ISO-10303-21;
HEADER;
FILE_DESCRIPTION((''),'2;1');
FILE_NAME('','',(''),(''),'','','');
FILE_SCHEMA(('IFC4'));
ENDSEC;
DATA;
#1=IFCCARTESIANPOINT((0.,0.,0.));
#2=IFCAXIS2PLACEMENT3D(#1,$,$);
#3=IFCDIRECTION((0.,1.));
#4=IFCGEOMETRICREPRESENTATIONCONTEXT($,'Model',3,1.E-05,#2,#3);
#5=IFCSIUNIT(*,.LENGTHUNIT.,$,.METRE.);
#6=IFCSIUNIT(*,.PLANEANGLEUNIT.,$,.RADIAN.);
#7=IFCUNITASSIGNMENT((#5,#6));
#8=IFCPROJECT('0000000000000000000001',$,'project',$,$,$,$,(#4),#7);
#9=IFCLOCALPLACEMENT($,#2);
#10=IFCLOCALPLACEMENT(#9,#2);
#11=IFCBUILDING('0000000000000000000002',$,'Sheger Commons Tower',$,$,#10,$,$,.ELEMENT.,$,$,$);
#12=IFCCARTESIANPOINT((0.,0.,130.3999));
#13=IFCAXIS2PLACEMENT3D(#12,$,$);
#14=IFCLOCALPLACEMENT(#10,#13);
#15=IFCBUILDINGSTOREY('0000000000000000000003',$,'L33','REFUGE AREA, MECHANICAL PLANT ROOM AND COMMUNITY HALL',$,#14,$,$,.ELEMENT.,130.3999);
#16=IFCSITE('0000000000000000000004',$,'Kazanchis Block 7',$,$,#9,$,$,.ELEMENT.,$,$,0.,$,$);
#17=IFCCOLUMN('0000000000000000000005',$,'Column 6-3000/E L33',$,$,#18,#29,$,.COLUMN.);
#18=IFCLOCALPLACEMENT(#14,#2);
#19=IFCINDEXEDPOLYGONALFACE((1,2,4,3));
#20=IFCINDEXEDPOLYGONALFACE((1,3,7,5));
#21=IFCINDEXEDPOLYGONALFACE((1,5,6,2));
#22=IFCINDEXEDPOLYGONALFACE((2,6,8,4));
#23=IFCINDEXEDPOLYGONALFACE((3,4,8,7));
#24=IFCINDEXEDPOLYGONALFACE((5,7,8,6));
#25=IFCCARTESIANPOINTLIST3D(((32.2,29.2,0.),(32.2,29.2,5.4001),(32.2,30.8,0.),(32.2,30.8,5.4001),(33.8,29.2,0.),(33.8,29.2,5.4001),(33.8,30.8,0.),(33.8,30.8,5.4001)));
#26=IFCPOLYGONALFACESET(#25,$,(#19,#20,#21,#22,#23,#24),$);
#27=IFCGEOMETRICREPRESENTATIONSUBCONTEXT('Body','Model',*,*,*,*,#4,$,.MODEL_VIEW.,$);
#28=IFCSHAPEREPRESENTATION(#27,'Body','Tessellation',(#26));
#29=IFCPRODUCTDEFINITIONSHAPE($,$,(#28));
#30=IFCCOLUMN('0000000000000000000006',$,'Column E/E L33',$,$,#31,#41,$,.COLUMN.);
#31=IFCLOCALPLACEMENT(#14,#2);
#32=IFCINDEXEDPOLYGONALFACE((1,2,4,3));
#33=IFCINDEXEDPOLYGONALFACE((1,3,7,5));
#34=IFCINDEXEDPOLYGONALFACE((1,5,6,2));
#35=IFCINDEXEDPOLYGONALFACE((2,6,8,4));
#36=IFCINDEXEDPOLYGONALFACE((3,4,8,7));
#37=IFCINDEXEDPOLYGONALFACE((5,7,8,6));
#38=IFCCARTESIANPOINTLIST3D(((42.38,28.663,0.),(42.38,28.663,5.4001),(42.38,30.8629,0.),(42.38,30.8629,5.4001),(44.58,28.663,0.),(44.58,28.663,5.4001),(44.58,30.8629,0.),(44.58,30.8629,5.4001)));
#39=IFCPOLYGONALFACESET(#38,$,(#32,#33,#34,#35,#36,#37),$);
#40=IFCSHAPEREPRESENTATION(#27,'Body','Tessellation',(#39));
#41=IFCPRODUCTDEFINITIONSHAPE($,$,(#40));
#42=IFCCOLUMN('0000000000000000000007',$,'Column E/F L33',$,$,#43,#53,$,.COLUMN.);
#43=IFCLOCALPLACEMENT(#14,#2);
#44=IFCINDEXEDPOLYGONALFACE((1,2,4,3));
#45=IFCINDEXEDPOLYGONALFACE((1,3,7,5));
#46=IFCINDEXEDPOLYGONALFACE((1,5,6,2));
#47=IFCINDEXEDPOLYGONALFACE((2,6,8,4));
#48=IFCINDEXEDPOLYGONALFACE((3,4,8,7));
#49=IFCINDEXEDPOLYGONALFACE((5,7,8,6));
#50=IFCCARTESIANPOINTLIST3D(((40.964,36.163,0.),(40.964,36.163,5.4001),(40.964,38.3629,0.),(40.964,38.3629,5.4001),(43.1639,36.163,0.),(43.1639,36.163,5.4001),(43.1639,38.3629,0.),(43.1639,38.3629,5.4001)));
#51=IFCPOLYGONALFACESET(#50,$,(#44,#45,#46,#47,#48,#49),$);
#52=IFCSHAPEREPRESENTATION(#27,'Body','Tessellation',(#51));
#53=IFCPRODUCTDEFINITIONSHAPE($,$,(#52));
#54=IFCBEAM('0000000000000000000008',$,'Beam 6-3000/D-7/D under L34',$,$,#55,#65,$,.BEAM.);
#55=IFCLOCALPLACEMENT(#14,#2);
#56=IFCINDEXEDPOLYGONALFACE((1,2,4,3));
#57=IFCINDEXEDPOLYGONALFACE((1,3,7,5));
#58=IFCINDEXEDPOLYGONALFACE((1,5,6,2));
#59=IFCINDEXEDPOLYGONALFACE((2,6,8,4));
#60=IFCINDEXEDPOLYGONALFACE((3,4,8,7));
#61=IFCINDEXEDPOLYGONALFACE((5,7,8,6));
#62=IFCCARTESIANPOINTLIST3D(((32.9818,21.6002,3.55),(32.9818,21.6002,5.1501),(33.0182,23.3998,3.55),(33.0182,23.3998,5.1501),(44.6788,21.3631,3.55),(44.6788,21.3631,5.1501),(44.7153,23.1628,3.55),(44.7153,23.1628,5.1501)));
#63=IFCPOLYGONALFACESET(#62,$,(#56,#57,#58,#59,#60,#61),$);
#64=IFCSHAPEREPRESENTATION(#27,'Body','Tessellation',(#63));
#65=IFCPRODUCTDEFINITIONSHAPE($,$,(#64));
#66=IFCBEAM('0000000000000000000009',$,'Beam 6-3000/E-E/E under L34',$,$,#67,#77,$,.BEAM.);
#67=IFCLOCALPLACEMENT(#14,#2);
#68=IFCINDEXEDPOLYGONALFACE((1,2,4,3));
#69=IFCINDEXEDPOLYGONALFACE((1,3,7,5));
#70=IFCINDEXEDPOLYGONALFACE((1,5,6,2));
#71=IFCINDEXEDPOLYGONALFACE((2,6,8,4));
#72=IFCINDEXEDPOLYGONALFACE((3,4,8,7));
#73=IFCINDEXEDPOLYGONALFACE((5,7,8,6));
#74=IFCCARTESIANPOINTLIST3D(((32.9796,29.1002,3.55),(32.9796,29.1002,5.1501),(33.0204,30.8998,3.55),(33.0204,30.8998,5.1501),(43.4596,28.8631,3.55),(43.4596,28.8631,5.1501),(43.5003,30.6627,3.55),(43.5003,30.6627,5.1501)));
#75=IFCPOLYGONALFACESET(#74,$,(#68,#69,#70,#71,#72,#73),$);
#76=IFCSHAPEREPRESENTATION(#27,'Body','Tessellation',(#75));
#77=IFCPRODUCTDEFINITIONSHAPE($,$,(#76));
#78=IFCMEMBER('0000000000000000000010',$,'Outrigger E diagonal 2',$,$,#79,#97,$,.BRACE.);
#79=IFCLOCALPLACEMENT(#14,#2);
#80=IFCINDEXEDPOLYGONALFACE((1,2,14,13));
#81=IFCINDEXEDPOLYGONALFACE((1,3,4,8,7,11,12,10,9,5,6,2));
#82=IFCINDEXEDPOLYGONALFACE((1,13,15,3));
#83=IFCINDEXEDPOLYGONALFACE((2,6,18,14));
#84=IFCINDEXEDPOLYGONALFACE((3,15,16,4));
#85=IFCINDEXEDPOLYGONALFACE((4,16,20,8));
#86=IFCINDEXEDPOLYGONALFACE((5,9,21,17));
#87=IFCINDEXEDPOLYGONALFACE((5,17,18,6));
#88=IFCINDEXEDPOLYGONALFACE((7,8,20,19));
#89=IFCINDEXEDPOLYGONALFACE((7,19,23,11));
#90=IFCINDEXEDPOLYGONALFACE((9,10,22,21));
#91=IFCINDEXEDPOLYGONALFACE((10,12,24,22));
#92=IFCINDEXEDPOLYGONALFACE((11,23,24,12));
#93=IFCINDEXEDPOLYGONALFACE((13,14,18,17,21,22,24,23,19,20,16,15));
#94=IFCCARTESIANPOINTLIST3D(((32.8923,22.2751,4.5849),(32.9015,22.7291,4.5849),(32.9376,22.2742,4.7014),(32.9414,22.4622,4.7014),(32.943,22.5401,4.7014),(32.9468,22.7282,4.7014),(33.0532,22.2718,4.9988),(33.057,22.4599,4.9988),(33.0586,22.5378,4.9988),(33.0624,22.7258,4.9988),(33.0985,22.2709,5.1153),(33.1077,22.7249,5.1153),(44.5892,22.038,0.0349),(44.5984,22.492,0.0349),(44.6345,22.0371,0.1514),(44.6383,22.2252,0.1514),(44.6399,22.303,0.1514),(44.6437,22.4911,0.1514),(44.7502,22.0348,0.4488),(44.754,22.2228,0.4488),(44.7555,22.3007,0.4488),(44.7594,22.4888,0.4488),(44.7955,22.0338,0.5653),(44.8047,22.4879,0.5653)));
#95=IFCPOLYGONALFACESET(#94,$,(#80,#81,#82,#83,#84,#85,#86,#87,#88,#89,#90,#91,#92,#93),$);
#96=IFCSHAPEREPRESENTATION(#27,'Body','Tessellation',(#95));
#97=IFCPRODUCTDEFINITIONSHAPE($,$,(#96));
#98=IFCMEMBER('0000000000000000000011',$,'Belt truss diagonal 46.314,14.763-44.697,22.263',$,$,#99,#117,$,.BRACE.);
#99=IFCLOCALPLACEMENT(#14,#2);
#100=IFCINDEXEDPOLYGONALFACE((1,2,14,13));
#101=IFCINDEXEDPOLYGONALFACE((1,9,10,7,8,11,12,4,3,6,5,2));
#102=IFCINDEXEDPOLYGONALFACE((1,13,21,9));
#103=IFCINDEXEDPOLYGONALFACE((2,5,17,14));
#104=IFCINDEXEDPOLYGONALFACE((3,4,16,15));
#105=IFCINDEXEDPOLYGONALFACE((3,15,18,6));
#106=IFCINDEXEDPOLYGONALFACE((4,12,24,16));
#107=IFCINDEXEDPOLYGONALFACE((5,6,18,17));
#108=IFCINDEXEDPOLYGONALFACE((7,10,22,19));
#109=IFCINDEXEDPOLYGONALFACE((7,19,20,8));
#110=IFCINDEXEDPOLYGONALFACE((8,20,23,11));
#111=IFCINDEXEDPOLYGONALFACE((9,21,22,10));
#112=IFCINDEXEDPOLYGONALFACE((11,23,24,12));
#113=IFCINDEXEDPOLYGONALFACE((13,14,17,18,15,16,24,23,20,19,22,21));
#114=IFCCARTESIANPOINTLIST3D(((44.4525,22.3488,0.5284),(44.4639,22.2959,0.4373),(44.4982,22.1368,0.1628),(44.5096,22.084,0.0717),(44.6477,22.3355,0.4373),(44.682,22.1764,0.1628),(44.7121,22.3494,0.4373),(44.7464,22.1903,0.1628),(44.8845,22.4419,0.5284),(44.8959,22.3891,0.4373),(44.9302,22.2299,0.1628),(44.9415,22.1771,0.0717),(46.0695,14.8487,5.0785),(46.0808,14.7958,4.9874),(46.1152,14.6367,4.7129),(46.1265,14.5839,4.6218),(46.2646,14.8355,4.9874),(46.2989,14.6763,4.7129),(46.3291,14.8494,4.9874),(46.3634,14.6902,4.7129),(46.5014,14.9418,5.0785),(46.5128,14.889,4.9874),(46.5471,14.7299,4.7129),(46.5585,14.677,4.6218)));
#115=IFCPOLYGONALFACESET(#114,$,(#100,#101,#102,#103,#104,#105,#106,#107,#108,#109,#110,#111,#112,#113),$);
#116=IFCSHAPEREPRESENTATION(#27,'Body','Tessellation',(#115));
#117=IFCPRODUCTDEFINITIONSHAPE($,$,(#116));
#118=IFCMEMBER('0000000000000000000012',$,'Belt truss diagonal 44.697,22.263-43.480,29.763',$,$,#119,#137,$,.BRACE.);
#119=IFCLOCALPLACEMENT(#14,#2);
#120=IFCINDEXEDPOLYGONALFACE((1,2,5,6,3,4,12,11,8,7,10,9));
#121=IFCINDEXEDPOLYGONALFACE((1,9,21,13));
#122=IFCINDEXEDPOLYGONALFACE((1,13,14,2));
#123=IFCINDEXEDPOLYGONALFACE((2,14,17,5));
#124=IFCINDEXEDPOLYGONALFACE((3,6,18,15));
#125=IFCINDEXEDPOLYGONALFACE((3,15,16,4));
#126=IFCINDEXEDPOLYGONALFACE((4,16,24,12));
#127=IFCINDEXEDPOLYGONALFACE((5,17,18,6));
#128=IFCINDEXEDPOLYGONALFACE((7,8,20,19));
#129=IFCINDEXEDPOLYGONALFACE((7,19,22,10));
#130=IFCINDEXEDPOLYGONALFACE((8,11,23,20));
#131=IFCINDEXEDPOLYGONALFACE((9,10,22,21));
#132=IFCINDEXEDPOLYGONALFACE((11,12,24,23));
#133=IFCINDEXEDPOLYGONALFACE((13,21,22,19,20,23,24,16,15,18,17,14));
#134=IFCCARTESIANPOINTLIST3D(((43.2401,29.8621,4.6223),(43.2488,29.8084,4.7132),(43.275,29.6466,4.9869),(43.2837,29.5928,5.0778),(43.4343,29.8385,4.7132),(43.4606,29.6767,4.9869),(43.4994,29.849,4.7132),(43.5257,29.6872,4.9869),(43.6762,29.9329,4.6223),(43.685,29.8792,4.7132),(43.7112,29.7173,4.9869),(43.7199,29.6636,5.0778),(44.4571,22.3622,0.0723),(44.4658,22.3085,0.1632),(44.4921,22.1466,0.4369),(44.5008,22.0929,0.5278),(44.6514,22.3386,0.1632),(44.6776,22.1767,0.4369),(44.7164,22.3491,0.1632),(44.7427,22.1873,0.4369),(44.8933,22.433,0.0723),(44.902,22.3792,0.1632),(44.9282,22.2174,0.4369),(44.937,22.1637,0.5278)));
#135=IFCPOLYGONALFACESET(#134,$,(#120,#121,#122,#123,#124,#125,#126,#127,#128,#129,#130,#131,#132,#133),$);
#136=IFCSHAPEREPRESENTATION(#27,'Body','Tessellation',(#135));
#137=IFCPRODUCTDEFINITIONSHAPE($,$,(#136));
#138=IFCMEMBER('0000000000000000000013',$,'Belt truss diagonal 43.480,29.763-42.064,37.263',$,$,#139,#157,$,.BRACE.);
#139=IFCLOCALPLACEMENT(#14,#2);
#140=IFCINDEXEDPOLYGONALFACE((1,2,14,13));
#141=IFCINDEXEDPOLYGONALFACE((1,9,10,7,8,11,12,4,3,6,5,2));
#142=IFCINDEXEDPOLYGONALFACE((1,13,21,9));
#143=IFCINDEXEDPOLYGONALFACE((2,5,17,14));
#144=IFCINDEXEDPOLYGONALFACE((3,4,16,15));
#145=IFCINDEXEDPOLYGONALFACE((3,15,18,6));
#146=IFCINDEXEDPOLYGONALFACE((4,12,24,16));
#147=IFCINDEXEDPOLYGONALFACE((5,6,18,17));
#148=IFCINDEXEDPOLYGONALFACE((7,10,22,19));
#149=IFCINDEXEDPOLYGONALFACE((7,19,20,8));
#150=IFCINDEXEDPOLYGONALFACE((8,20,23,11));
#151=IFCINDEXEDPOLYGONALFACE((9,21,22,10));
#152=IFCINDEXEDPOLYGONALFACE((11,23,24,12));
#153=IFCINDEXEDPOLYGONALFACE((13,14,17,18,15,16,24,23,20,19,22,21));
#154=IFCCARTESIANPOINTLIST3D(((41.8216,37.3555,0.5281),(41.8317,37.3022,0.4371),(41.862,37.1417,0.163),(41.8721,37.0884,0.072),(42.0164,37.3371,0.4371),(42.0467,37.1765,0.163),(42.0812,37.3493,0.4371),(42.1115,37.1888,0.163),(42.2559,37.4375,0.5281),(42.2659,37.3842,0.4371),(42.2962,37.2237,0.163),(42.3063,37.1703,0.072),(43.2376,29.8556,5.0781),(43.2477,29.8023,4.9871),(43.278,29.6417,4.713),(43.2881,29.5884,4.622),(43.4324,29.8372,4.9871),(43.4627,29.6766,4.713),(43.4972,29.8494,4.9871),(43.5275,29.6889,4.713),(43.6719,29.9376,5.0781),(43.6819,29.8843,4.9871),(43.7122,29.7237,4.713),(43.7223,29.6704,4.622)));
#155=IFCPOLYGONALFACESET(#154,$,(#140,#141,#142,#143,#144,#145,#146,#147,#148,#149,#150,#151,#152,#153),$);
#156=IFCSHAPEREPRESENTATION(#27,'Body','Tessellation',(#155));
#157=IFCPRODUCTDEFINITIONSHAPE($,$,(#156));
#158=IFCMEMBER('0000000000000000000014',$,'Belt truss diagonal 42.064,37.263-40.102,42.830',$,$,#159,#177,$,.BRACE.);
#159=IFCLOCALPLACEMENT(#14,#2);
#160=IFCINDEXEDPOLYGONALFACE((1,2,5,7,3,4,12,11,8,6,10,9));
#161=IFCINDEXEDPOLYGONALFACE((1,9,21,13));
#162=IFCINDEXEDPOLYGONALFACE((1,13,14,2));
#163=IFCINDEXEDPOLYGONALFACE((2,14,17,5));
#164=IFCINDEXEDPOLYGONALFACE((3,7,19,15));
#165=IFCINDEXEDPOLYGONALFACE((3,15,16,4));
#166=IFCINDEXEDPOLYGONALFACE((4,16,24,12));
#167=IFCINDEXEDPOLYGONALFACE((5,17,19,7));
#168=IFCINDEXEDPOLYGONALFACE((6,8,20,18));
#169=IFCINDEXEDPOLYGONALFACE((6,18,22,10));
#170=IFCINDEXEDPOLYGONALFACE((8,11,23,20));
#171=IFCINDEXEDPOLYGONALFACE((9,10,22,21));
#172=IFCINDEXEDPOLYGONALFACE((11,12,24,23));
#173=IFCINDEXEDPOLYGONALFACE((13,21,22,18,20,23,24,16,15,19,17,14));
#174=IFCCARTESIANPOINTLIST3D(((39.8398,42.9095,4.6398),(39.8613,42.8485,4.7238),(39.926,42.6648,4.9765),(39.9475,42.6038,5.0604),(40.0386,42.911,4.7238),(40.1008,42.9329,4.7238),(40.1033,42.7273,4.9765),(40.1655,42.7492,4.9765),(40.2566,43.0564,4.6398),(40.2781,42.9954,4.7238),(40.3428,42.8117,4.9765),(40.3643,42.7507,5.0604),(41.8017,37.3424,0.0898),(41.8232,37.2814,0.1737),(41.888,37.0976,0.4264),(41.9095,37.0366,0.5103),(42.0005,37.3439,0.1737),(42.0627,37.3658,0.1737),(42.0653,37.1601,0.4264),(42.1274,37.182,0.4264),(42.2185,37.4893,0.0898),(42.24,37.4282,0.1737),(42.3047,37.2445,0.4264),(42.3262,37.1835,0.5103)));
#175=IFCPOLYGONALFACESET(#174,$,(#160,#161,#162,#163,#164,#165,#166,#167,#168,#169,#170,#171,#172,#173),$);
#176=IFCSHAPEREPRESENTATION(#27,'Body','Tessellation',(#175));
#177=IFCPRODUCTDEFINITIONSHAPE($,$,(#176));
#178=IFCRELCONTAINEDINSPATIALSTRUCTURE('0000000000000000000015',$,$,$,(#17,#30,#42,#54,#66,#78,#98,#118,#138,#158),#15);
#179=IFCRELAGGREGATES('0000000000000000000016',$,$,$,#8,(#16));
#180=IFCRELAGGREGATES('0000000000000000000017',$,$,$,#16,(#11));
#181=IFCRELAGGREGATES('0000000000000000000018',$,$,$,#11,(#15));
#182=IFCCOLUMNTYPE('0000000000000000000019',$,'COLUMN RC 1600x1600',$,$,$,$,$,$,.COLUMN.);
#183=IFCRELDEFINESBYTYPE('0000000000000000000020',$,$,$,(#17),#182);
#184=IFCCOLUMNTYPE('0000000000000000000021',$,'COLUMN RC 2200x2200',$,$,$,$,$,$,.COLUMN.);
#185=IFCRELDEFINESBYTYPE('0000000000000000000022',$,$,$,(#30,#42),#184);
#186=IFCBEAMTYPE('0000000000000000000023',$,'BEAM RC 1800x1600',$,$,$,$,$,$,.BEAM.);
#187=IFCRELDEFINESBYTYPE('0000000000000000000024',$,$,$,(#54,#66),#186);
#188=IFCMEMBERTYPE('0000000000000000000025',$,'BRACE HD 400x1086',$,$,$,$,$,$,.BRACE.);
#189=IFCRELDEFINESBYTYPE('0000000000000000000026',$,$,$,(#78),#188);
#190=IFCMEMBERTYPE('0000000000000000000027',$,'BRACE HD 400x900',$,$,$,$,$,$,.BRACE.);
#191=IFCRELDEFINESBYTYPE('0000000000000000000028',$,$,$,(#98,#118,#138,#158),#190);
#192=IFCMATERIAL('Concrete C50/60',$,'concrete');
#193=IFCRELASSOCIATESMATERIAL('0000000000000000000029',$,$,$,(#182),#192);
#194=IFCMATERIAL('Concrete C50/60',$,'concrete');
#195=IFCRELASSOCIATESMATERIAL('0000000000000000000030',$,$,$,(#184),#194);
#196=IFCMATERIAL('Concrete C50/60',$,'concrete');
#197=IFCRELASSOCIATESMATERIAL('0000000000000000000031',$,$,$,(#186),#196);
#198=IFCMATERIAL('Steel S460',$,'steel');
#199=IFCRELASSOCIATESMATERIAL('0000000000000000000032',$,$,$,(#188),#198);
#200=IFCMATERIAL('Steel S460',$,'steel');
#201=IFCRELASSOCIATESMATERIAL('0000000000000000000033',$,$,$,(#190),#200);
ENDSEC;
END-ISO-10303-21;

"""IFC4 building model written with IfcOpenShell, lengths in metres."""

from ifc_helpers import new_model, si_unit, direction, frame, origin, origin_2d, place, context, subcontext, project, spatial, rectangle, i_section, extrude, material, material_profile, profile_set, type_object, element, save


model = new_model("IFC4")

# Units and contexts
model_context = context("Model", 3, precision=1e-05, world=origin(), true_north=direction((0.0, 1.0)))
body_context = subcontext(model_context, "Body", "Model", "MODEL_VIEW")
ifc_project = project(units=[si_unit("LENGTHUNIT", "METRE"), si_unit("PLANEANGLEUNIT", "RADIAN")], contexts=[model_context])

# Site, building, storey
site_placement = place(None, origin())
site = spatial("IfcSite", under=ifc_project, at=site_placement, Name="Kazanchis Block 7", CompositionType="ELEMENT", RefElevation=0.0)
building_placement = place(site_placement, origin())
building = spatial("IfcBuilding", under=site, at=building_placement, Name="Sheger Commons Tower", CompositionType="ELEMENT")
storey_placement = place(building_placement, frame((0.0, 0.0, 130.3999)))
storey = spatial("IfcBuildingStorey", under=building, at=storey_placement, Name="L33", Description="REFUGE AREA, MECHANICAL PLANT ROOM AND COMMUNITY HALL", CompositionType="ELEMENT", Elevation=130.3999)

# Columns
ifc_material_1 = material(Name="Concrete C50/60", Category="concrete")
ifc_material_profile_1 = material_profile(ifc_material_1, rectangle(XDim=1.6001, YDim=1.6001, at=origin_2d()), Name="RC 1600x1600")
ifc_profile_set_1 = profile_set([ifc_material_profile_1], Name="Concrete C50/60")
column_type_1 = type_object("IfcColumnType", Name="COLUMN RC 1600x1600", PredefinedType="COLUMN", material=ifc_profile_set_1)
column_placement = place(storey_placement, frame((33.0, 30.0, 0.0), z_axis=(0.0, 0.0, 1.0), x_axis=(1.0, 0.0, 0.0)))
element("IfcColumn", 1, at=column_placement, inside=storey, type_object=column_type_1, Name="Column 6-3000/E L33", PredefinedType="COLUMN", context=body_context, shape_type="SweptSolid", body=[
    extrude(rectangle(XDim=1.6001, YDim=1.6001, at=origin_2d()), origin(), (0.0, 0.0, 1.0), 5.4001),
])
ifc_material_2 = material(Name="Concrete C50/60", Category="concrete")
ifc_material_profile_2 = material_profile(ifc_material_2, rectangle(XDim=2.2, YDim=2.2, at=origin_2d()), Name="RC 2200x2200")
ifc_profile_set_2 = profile_set([ifc_material_profile_2], Name="Concrete C50/60")
column_type_2 = type_object("IfcColumnType", Name="COLUMN RC 2200x2200", PredefinedType="COLUMN", material=ifc_profile_set_2)
for number, where, z_axis, x_axis, name in (
    (2, (43.48, 29.7629, 0.0), (0.0, 0.0, 1.0), (1.0, 0.0, 0.0), "Column E/E L33"),
    (3, (42.064, 37.2629, 0.0), (0.0, 0.0, 1.0), (1.0, 0.0, 0.0), "Column E/F L33"),
):
    element("IfcColumn", number, at=place(storey_placement, frame(where, z_axis=z_axis, x_axis=x_axis)), inside=storey, type_object=column_type_2, Name=name, PredefinedType="COLUMN", context=body_context, shape_type="SweptSolid", body=[
        extrude(rectangle(XDim=2.2, YDim=2.2, at=origin_2d()), origin(), (0.0, 0.0, 1.0), 5.4001),
    ])

# Beams
ifc_material_3 = material(Name="Concrete C50/60", Category="concrete")
ifc_material_profile_3 = material_profile(ifc_material_3, rectangle(XDim=1.8, YDim=1.6001, at=origin_2d()), Name="RC 1800x1600")
ifc_profile_set_3 = profile_set([ifc_material_profile_3], Name="Concrete C50/60")
beam_type_1 = type_object("IfcBeamType", Name="BEAM RC 1800x1600", PredefinedType="BEAM", material=ifc_profile_set_3)
beam_1_placement = place(storey_placement, frame((33.0, 22.5, 4.3501), z_axis=(0.999795, -0.020263, 0.0), x_axis=(0.020263, 0.999795, 0.0)))
element("IfcBeam", 4, at=beam_1_placement, inside=storey, type_object=beam_type_1, Name="Beam 6-3000/D-7/D under L34", PredefinedType="BEAM", context=body_context, shape_type="SweptSolid", body=[
    extrude(rectangle(XDim=1.8, YDim=1.6001, at=origin_2d()), origin(), (0.0, 0.0, 1.0), 11.6995),
])
beam_2_placement = place(storey_placement, frame((33.0, 30.0, 4.3501), z_axis=(0.999744, -0.022615, 0.0), x_axis=(0.022615, 0.999744, 0.0)))
element("IfcBeam", 5, at=beam_2_placement, inside=storey, type_object=beam_type_1, Name="Beam 6-3000/E-E/E under L34", PredefinedType="BEAM", context=body_context, shape_type="SweptSolid", body=[
    extrude(rectangle(XDim=1.8, YDim=1.6001, at=origin_2d()), origin(), (0.0, 0.0, 1.0), 10.4827),
])

# Members
ifc_material_4 = material(Name="Steel S460", Category="steel")
ifc_material_profile_4 = material_profile(ifc_material_4, i_section(OverallWidth=0.4541, OverallDepth=0.5691, WebThickness=0.0779, FlangeThickness=0.125, at=origin_2d()), Name="HD 400x1086")
ifc_profile_set_4 = profile_set([ifc_material_profile_4], Name="Steel S460")
member_type_1 = type_object("IfcMemberType", Name="BRACE HD 400x1086", PredefinedType="BRACE", material=ifc_profile_set_4)
member_1_placement = place(storey_placement, frame((33.0, 22.5, 4.8501), z_axis=(0.931806, -0.018885, -0.362465), x_axis=(0.020263, 0.999795, 0.0)))
element("IfcMember", 6, at=member_1_placement, inside=storey, type_object=member_type_1, Name="Outrigger E diagonal 2", PredefinedType="BRACE", context=body_context, shape_type="SweptSolid", body=[
    extrude(i_section(OverallWidth=0.4541, OverallDepth=0.5691, WebThickness=0.0779, FlangeThickness=0.125, at=origin_2d()), origin(), (0.0, 0.0, 1.0), 12.553),
])
ifc_material_5 = material(Name="Steel S460", Category="steel")
ifc_material_profile_5 = material_profile(ifc_material_5, i_section(OverallWidth=0.4419, OverallDepth=0.531, WebThickness=0.0659, FlangeThickness=0.106, at=origin_2d()), Name="HD 400x900")
ifc_profile_set_5 = profile_set([ifc_material_profile_5], Name="Steel S460")
member_type_2 = type_object("IfcMemberType", Name="BRACE HD 400x900", PredefinedType="BRACE", material=ifc_profile_set_5)
member_2_placement = place(storey_placement, frame((44.697, 22.2629, 0.3), z_axis=(0.18127, -0.840802, 0.510092), x_axis=(0.97754, 0.21075, 0.0)))
element("IfcMember", 7, at=member_2_placement, inside=storey, type_object=member_type_2, Name="Belt truss diagonal 46.314,14.763-44.697,22.263", PredefinedType="BRACE", context=body_context, shape_type="SweptSolid", body=[
    extrude(i_section(OverallWidth=0.4419, OverallDepth=0.531, WebThickness=0.0659, FlangeThickness=0.106, at=origin_2d()), origin(), (0.0, 0.0, 1.0), 8.9202),
])
member_3_placement = place(storey_placement, frame((44.697, 22.2629, 0.3), z_axis=(-0.137421, 0.846854, 0.513764), x_axis=(-0.987088, -0.160177, 0.0)))
element("IfcMember", 8, at=member_3_placement, inside=storey, type_object=member_type_2, Name="Belt truss diagonal 44.697,22.263-43.480,29.763", PredefinedType="BRACE", context=body_context, shape_type="SweptSolid", body=[
    extrude(i_section(OverallWidth=0.4419, OverallDepth=0.531, WebThickness=0.0659, FlangeThickness=0.106, at=origin_2d()), origin(), (0.0, 0.0, 1.0), 8.8562),
])
member_4_placement = place(storey_placement, frame((42.064, 37.2629, 0.3), z_axis=(0.159357, -0.84404, 0.512056), x_axis=(0.98264, 0.185524, 0.0)))
element("IfcMember", 9, at=member_4_placement, inside=storey, type_object=member_type_2, Name="Belt truss diagonal 43.480,29.763-42.064,37.263", PredefinedType="BRACE", context=body_context, shape_type="SweptSolid", body=[
    extrude(i_section(OverallWidth=0.4419, OverallDepth=0.531, WebThickness=0.0659, FlangeThickness=0.106, at=origin_2d()), origin(), (0.0, 0.0, 1.0), 8.8857),
])
member_5_placement = place(storey_placement, frame((42.064, 37.2629, 0.3), z_axis=(-0.263243, 0.74698, 0.610511), x_axis=(-0.943148, -0.332374, 0.0)))
element("IfcMember", 10, at=member_5_placement, inside=storey, type_object=member_type_2, Name="Belt truss diagonal 42.064,37.263-40.102,42.830", PredefinedType="BRACE", context=body_context, shape_type="SweptSolid", body=[
    extrude(i_section(OverallWidth=0.4419, OverallDepth=0.531, WebThickness=0.0659, FlangeThickness=0.106, at=origin_2d()), origin(), (0.0, 0.0, 1.0), 7.4529),
])

save(model, "model.ifc")
